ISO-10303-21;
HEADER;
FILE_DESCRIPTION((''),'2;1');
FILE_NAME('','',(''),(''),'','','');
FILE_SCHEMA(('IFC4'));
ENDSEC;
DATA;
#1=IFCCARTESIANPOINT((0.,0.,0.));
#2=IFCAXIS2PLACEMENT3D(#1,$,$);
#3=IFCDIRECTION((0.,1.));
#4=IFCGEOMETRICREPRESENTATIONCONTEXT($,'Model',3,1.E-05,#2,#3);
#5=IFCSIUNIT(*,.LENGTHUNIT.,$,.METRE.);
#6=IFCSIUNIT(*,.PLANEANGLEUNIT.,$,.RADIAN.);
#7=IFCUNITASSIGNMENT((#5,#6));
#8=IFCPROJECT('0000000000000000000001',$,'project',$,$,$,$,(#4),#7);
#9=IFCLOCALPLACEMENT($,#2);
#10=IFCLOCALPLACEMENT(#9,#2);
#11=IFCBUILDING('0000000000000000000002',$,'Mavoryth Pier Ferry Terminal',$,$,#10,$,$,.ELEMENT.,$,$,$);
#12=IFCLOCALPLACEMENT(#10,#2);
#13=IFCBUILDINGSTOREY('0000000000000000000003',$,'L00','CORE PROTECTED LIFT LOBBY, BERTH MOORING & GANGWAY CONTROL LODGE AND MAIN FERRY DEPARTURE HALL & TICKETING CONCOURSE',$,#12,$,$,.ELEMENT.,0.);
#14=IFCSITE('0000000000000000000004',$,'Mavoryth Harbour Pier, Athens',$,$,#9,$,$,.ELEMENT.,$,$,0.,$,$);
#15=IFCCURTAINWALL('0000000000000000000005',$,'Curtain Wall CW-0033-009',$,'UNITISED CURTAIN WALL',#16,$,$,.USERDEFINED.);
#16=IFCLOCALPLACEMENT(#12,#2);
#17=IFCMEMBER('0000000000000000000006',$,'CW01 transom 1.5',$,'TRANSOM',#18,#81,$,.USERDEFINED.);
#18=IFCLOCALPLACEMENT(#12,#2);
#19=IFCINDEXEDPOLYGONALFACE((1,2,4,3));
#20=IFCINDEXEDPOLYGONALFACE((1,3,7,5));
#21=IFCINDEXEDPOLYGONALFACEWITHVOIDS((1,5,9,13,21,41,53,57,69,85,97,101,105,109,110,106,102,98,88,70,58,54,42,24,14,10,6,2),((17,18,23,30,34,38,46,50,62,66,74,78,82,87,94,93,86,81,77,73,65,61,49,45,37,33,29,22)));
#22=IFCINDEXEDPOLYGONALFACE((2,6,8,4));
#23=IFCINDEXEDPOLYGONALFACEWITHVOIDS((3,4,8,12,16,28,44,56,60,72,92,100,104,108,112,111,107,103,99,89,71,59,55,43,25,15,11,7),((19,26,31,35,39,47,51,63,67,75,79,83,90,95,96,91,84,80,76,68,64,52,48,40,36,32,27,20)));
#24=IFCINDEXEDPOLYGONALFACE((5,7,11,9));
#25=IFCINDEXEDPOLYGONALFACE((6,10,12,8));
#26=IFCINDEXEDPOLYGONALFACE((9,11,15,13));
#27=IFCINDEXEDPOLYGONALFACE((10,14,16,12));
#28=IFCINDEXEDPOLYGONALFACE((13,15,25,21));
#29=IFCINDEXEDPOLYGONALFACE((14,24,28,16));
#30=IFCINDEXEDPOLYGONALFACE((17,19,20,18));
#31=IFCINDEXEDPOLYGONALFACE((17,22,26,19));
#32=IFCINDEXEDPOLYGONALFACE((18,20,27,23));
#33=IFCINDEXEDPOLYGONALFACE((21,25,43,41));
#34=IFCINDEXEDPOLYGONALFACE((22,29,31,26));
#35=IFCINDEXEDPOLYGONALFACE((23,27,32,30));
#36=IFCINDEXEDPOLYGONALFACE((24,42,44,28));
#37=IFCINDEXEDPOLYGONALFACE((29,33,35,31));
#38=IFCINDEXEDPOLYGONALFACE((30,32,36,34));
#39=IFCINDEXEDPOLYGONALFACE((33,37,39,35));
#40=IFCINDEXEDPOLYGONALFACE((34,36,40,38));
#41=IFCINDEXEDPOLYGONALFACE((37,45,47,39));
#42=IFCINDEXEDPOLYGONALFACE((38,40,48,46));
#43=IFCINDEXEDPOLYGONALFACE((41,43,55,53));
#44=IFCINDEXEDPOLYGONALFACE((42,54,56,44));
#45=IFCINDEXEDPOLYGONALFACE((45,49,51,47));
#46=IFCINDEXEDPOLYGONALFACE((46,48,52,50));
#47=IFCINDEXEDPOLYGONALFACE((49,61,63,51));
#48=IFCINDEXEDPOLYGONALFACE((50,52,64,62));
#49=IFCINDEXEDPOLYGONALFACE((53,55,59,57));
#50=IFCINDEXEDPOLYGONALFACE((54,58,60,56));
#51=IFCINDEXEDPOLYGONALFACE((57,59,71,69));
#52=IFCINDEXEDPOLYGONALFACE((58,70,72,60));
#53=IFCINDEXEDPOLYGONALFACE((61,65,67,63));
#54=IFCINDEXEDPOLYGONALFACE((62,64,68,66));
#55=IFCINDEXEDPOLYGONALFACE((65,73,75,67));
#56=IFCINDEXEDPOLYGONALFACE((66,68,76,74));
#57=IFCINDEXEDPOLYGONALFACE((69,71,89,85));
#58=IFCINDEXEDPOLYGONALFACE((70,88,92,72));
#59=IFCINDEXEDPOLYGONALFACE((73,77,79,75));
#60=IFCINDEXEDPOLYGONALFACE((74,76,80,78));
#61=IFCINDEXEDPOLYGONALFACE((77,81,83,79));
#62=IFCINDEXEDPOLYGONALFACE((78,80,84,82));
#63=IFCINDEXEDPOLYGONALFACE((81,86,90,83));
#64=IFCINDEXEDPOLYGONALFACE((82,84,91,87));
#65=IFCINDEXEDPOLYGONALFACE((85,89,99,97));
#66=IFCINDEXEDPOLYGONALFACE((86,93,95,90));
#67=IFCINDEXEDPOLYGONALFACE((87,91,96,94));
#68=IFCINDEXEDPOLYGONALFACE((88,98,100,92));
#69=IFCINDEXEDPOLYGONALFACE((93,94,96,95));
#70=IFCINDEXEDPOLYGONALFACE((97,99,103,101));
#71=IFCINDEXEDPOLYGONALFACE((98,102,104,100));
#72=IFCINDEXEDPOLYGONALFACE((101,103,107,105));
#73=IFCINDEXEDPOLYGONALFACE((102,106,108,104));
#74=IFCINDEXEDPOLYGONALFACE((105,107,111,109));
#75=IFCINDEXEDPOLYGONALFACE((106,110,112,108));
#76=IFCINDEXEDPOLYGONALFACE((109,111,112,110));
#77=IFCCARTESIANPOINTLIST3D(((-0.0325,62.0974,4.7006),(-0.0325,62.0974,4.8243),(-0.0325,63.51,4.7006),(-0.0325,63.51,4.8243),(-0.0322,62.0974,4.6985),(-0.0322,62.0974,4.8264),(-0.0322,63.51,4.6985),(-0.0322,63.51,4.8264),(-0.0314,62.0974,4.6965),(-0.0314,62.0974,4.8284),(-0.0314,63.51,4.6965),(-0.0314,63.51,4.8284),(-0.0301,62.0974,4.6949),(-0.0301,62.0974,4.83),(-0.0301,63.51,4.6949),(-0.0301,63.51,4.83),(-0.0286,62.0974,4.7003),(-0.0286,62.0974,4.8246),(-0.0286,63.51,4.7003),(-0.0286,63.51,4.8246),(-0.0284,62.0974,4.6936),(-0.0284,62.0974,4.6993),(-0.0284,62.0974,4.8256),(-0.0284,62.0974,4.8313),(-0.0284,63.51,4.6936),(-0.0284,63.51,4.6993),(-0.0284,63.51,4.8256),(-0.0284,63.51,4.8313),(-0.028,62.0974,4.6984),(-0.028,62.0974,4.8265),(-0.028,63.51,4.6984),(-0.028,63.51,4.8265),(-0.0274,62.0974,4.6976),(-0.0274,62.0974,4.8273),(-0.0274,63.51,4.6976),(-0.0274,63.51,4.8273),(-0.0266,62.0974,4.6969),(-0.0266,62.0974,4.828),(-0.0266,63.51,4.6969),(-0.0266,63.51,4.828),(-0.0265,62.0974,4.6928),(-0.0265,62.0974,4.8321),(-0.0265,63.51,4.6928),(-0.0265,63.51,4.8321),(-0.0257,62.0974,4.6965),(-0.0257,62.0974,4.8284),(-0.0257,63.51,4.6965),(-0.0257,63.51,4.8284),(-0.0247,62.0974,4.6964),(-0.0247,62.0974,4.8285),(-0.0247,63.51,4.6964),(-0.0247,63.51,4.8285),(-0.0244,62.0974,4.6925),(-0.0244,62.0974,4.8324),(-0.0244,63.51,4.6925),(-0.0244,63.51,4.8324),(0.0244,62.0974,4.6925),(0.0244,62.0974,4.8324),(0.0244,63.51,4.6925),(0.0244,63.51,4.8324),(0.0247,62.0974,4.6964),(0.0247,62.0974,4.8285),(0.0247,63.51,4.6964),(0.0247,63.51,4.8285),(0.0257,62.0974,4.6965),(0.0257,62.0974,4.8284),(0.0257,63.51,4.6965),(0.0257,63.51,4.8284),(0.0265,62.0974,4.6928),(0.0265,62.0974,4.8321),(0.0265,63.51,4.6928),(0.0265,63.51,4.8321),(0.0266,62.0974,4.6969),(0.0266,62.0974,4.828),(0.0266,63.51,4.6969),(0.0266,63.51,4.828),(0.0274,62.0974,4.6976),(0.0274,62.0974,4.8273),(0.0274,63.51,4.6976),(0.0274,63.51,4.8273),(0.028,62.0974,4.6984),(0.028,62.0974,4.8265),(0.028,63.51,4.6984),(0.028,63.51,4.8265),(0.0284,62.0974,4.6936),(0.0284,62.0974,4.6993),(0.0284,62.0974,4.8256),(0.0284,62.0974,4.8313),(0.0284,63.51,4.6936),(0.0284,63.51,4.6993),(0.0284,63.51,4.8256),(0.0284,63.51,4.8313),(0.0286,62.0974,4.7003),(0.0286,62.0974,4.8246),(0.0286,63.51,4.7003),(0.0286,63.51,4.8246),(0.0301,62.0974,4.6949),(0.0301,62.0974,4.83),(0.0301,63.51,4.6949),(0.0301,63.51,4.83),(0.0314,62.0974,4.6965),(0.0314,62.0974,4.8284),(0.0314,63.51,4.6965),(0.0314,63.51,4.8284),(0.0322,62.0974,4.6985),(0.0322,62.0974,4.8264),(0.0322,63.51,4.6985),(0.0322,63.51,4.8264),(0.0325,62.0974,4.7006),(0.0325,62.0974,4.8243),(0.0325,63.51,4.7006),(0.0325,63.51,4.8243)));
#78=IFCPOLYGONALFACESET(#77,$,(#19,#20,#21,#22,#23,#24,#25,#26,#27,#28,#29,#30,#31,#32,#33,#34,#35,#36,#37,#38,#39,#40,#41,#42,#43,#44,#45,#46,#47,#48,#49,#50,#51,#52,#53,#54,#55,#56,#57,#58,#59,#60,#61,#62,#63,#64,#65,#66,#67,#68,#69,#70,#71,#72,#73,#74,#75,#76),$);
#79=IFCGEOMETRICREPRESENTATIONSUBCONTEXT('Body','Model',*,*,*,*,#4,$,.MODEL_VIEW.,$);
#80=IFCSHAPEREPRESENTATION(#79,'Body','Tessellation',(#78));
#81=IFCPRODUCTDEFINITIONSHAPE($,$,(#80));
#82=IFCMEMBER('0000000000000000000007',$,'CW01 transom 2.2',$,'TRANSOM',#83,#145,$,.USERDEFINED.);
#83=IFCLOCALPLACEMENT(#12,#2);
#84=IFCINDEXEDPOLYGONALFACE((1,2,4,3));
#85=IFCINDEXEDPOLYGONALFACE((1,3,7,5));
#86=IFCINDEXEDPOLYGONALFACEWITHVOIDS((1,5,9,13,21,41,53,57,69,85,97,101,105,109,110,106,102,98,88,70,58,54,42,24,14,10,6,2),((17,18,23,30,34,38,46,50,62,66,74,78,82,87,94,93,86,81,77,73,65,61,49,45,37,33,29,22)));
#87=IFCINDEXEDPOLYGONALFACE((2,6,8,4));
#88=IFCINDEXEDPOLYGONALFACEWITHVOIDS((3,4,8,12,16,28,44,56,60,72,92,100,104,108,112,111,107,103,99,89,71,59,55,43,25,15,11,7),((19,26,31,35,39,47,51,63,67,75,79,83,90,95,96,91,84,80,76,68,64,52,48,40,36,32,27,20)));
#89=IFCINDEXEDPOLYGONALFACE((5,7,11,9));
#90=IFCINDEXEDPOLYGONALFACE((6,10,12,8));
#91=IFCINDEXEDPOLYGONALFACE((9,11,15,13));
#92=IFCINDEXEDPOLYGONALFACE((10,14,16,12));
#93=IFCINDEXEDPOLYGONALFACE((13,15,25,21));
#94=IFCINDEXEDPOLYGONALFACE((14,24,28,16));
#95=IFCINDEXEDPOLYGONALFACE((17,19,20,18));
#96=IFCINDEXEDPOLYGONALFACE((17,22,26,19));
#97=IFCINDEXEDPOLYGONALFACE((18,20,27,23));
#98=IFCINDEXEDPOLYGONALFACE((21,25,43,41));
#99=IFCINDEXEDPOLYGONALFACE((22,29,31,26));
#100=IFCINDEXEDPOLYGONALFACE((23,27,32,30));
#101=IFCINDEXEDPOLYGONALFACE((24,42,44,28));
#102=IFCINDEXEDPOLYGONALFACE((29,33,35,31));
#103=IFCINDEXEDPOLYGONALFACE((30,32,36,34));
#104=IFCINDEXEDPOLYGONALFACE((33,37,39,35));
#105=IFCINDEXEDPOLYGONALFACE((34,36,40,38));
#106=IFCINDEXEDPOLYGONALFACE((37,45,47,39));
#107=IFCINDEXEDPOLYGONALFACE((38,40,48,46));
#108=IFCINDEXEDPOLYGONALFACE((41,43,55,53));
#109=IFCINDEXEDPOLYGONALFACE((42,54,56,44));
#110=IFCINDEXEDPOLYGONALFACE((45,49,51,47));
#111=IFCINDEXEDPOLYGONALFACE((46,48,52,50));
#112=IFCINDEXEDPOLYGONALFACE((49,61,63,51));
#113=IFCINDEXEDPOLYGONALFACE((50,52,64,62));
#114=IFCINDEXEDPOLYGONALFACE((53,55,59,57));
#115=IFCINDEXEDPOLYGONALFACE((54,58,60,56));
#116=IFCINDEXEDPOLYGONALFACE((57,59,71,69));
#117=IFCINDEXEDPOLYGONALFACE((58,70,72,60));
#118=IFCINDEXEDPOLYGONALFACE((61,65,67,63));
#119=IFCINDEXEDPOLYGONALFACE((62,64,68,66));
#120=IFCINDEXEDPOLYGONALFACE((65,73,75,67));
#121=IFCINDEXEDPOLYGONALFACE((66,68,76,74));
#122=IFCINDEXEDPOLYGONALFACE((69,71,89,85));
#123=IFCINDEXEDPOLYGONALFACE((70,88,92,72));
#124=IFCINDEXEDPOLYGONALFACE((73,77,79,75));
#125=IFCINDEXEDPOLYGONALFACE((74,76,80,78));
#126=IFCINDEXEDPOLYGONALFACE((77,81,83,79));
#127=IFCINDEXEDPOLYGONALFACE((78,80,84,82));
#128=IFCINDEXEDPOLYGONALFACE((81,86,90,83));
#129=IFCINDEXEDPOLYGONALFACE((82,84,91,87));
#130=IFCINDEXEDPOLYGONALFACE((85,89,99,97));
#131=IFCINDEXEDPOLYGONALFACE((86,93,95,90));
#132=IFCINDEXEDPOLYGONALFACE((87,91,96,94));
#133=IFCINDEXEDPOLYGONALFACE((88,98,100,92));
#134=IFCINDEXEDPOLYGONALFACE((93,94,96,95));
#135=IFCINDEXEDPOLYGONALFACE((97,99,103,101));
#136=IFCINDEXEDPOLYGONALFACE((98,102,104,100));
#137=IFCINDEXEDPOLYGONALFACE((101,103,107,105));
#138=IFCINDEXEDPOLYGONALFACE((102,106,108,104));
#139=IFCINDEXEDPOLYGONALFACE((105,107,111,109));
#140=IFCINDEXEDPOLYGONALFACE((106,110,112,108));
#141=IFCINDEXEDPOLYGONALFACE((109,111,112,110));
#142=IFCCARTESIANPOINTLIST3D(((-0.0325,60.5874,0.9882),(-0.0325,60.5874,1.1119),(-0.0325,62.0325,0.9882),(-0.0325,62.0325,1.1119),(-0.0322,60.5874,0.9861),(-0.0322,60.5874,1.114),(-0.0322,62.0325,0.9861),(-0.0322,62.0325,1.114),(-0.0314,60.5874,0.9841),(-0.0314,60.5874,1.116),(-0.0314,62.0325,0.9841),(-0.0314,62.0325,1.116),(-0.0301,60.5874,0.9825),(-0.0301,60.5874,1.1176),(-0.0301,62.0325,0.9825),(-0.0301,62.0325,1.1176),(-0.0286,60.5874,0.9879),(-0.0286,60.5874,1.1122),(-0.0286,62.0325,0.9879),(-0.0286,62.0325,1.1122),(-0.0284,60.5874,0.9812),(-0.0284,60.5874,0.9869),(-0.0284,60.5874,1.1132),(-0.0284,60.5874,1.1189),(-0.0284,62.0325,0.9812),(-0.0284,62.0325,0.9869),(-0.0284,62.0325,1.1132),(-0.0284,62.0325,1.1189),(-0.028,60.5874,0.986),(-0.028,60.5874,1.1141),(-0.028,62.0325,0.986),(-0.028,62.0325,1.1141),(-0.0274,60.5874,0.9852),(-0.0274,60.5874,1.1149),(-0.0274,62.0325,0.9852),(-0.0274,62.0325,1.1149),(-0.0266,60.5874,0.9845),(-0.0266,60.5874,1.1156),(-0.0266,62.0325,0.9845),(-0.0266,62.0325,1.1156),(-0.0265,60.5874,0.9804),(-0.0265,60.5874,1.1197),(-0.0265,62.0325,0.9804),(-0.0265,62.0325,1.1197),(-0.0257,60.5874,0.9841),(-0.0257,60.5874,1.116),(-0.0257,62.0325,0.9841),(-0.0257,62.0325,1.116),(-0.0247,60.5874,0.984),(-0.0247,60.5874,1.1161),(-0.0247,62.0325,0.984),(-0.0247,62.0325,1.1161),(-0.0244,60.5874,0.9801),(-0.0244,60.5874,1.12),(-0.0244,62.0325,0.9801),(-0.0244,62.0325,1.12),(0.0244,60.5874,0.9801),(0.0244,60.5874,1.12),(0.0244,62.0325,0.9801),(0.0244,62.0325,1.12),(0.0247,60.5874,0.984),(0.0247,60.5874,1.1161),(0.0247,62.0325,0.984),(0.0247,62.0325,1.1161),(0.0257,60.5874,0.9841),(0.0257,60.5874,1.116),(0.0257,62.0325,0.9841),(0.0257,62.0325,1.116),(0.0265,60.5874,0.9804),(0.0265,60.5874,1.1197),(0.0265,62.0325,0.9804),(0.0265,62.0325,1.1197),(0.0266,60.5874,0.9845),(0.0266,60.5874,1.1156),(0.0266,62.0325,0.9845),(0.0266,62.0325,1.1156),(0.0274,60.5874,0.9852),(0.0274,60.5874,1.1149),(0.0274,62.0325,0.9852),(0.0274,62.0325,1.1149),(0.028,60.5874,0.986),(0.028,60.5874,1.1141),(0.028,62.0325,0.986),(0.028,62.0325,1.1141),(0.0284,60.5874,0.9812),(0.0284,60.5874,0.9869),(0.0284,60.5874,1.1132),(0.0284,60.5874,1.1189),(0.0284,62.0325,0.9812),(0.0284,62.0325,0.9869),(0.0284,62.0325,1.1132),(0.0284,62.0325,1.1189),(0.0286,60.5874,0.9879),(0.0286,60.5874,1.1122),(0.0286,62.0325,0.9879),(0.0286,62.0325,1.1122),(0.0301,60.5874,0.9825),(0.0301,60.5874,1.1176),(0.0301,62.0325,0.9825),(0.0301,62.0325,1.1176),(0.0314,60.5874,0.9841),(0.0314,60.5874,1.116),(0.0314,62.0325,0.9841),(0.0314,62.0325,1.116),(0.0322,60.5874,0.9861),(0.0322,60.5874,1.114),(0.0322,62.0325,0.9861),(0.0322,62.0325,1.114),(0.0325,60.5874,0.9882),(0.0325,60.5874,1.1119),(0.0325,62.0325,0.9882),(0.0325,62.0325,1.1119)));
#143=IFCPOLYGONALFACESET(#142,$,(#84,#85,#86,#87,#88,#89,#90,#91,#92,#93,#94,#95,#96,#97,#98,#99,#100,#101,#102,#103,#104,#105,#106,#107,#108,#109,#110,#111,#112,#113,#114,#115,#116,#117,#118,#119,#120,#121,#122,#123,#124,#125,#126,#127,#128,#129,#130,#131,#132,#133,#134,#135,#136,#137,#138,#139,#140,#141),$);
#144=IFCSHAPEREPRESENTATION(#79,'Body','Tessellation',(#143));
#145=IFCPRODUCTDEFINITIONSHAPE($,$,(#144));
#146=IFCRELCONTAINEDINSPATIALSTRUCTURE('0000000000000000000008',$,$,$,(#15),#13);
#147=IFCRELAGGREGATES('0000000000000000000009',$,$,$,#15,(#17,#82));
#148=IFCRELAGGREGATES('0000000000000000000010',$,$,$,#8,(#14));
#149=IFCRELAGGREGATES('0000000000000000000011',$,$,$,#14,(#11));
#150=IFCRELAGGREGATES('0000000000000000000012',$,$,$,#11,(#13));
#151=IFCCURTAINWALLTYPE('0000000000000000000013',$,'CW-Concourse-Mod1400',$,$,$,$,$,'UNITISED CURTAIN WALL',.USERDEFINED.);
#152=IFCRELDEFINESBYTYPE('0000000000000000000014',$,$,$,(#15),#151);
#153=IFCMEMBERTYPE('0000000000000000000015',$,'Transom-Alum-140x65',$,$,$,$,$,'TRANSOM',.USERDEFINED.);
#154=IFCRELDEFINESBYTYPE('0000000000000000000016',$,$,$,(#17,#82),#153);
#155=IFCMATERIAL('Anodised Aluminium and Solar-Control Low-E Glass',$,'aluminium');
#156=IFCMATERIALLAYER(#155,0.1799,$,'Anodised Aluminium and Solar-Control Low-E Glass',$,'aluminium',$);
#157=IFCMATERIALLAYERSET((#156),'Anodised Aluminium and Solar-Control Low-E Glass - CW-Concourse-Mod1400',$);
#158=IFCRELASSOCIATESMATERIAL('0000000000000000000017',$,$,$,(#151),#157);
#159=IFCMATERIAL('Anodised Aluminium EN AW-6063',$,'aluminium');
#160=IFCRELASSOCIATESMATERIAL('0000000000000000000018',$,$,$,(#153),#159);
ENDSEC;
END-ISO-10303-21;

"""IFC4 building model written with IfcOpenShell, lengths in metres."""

from ifc_helpers import new_model, si_unit, direction, frame, origin, origin_2d, place, context, subcontext, project, spatial, hollow_rectangle, extrude, material, layer, layer_set, material_profile, profile_set, type_object, element, aggregate, save


model = new_model("IFC4")

# Units and contexts
model_context = context("Model", 3, precision=1e-05, world=origin(), true_north=direction((0.0, 1.0)))
body_context = subcontext(model_context, "Body", "Model", "MODEL_VIEW")
ifc_project = project(units=[si_unit("LENGTHUNIT", "METRE"), si_unit("PLANEANGLEUNIT", "RADIAN")], contexts=[model_context])

# Site, building, storey
site_placement = place(None, origin())
site = spatial("IfcSite", under=ifc_project, at=site_placement, Name="Mavoryth Harbour Pier, Athens", CompositionType="ELEMENT", RefElevation=0.0)
building_placement = place(site_placement, origin())
building = spatial("IfcBuilding", under=site, at=building_placement, Name="Mavoryth Pier Ferry Terminal", CompositionType="ELEMENT")
storey_placement = place(building_placement, origin())
storey = spatial("IfcBuildingStorey", under=building, at=storey_placement, Name="L00", Description="CORE PROTECTED LIFT LOBBY, BERTH MOORING & GANGWAY CONTROL LODGE AND MAIN FERRY DEPARTURE HALL & TICKETING CONCOURSE", CompositionType="ELEMENT", Elevation=0.0)

# Curtain wall
ifc_material_1 = material(Name="Anodised Aluminium and Solar-Control Low-E Glass", Category="aluminium")
ifc_layer_1 = layer(ifc_material_1, 0.1799, Name="Anodised Aluminium and Solar-Control Low-E Glass", Category="aluminium")
ifc_layer_set_1 = layer_set([ifc_layer_1], Name="Anodised Aluminium and Solar-Control Low-E Glass - CW-Concourse-Mod1400")
curtain_wall_type = type_object("IfcCurtainWallType", Name="CW-Concourse-Mod1400", ElementType="UNITISED CURTAIN WALL", PredefinedType="USERDEFINED", material=ifc_layer_set_1)
curtain_wall_1_placement = place(storey_placement, origin())
curtain_wall_1 = element("IfcCurtainWall", 1, at=curtain_wall_1_placement, inside=storey, type_object=curtain_wall_type, Name="Curtain Wall CW-0033-009", ObjectType="UNITISED CURTAIN WALL", PredefinedType="USERDEFINED")
ifc_material_2 = material(Name="Anodised Aluminium EN AW-6063", Category="aluminium")

# Members
ifc_material_profile_1 = material_profile(ifc_material_2, hollow_rectangle(XDim=0.0649, YDim=0.1399, WallThickness=0.0039, InnerFilletRadius=0.0039, OuterFilletRadius=0.0081, at=origin_2d()), Name="AL-TRAN 140x65x4", Category="aluminium")
ifc_profile_set_1 = profile_set([ifc_material_profile_1], Name="Anodised Aluminium EN AW-6063 - AL-TRAN 140x65x4")
member_type_1 = type_object("IfcMemberType", Name="Transom-Alum-140x65", ElementType="TRANSOM", PredefinedType="USERDEFINED", material=ifc_profile_set_1)
member_1_placement = place(storey_placement, frame((0.0, 63.51, 4.7625), z_axis=(0.0, -1.0, 0.0), x_axis=(1.0, 0.0, 0.0)))
member_1 = element("IfcMember", 2, at=member_1_placement, type_object=member_type_1, Name="CW01 transom 1.5", ObjectType="TRANSOM", PredefinedType="USERDEFINED", context=body_context, shape_type="SweptSolid", body=[
    extrude(hollow_rectangle(XDim=0.0649, YDim=0.1399, WallThickness=0.0039, InnerFilletRadius=0.0039, OuterFilletRadius=0.0081, at=origin_2d()), origin(), (0.0, 0.0, 1.0), 1.4126),
])
member_2_placement = place(storey_placement, frame((0.0, 62.0325, 1.05), z_axis=(0.0, -1.0, 0.0), x_axis=(1.0, 0.0, 0.0)))
member_2 = element("IfcMember", 3, at=member_2_placement, type_object=member_type_1, Name="CW01 transom 2.2", ObjectType="TRANSOM", PredefinedType="USERDEFINED", context=body_context, shape_type="SweptSolid", body=[
    extrude(hollow_rectangle(XDim=0.0649, YDim=0.1399, WallThickness=0.0039, InnerFilletRadius=0.0039, OuterFilletRadius=0.0081, at=origin_2d()), origin(), (0.0, 0.0, 1.0), 1.4451),
])

aggregate(curtain_wall_1, [member_1, member_2])

save(model, "model.ifc")
